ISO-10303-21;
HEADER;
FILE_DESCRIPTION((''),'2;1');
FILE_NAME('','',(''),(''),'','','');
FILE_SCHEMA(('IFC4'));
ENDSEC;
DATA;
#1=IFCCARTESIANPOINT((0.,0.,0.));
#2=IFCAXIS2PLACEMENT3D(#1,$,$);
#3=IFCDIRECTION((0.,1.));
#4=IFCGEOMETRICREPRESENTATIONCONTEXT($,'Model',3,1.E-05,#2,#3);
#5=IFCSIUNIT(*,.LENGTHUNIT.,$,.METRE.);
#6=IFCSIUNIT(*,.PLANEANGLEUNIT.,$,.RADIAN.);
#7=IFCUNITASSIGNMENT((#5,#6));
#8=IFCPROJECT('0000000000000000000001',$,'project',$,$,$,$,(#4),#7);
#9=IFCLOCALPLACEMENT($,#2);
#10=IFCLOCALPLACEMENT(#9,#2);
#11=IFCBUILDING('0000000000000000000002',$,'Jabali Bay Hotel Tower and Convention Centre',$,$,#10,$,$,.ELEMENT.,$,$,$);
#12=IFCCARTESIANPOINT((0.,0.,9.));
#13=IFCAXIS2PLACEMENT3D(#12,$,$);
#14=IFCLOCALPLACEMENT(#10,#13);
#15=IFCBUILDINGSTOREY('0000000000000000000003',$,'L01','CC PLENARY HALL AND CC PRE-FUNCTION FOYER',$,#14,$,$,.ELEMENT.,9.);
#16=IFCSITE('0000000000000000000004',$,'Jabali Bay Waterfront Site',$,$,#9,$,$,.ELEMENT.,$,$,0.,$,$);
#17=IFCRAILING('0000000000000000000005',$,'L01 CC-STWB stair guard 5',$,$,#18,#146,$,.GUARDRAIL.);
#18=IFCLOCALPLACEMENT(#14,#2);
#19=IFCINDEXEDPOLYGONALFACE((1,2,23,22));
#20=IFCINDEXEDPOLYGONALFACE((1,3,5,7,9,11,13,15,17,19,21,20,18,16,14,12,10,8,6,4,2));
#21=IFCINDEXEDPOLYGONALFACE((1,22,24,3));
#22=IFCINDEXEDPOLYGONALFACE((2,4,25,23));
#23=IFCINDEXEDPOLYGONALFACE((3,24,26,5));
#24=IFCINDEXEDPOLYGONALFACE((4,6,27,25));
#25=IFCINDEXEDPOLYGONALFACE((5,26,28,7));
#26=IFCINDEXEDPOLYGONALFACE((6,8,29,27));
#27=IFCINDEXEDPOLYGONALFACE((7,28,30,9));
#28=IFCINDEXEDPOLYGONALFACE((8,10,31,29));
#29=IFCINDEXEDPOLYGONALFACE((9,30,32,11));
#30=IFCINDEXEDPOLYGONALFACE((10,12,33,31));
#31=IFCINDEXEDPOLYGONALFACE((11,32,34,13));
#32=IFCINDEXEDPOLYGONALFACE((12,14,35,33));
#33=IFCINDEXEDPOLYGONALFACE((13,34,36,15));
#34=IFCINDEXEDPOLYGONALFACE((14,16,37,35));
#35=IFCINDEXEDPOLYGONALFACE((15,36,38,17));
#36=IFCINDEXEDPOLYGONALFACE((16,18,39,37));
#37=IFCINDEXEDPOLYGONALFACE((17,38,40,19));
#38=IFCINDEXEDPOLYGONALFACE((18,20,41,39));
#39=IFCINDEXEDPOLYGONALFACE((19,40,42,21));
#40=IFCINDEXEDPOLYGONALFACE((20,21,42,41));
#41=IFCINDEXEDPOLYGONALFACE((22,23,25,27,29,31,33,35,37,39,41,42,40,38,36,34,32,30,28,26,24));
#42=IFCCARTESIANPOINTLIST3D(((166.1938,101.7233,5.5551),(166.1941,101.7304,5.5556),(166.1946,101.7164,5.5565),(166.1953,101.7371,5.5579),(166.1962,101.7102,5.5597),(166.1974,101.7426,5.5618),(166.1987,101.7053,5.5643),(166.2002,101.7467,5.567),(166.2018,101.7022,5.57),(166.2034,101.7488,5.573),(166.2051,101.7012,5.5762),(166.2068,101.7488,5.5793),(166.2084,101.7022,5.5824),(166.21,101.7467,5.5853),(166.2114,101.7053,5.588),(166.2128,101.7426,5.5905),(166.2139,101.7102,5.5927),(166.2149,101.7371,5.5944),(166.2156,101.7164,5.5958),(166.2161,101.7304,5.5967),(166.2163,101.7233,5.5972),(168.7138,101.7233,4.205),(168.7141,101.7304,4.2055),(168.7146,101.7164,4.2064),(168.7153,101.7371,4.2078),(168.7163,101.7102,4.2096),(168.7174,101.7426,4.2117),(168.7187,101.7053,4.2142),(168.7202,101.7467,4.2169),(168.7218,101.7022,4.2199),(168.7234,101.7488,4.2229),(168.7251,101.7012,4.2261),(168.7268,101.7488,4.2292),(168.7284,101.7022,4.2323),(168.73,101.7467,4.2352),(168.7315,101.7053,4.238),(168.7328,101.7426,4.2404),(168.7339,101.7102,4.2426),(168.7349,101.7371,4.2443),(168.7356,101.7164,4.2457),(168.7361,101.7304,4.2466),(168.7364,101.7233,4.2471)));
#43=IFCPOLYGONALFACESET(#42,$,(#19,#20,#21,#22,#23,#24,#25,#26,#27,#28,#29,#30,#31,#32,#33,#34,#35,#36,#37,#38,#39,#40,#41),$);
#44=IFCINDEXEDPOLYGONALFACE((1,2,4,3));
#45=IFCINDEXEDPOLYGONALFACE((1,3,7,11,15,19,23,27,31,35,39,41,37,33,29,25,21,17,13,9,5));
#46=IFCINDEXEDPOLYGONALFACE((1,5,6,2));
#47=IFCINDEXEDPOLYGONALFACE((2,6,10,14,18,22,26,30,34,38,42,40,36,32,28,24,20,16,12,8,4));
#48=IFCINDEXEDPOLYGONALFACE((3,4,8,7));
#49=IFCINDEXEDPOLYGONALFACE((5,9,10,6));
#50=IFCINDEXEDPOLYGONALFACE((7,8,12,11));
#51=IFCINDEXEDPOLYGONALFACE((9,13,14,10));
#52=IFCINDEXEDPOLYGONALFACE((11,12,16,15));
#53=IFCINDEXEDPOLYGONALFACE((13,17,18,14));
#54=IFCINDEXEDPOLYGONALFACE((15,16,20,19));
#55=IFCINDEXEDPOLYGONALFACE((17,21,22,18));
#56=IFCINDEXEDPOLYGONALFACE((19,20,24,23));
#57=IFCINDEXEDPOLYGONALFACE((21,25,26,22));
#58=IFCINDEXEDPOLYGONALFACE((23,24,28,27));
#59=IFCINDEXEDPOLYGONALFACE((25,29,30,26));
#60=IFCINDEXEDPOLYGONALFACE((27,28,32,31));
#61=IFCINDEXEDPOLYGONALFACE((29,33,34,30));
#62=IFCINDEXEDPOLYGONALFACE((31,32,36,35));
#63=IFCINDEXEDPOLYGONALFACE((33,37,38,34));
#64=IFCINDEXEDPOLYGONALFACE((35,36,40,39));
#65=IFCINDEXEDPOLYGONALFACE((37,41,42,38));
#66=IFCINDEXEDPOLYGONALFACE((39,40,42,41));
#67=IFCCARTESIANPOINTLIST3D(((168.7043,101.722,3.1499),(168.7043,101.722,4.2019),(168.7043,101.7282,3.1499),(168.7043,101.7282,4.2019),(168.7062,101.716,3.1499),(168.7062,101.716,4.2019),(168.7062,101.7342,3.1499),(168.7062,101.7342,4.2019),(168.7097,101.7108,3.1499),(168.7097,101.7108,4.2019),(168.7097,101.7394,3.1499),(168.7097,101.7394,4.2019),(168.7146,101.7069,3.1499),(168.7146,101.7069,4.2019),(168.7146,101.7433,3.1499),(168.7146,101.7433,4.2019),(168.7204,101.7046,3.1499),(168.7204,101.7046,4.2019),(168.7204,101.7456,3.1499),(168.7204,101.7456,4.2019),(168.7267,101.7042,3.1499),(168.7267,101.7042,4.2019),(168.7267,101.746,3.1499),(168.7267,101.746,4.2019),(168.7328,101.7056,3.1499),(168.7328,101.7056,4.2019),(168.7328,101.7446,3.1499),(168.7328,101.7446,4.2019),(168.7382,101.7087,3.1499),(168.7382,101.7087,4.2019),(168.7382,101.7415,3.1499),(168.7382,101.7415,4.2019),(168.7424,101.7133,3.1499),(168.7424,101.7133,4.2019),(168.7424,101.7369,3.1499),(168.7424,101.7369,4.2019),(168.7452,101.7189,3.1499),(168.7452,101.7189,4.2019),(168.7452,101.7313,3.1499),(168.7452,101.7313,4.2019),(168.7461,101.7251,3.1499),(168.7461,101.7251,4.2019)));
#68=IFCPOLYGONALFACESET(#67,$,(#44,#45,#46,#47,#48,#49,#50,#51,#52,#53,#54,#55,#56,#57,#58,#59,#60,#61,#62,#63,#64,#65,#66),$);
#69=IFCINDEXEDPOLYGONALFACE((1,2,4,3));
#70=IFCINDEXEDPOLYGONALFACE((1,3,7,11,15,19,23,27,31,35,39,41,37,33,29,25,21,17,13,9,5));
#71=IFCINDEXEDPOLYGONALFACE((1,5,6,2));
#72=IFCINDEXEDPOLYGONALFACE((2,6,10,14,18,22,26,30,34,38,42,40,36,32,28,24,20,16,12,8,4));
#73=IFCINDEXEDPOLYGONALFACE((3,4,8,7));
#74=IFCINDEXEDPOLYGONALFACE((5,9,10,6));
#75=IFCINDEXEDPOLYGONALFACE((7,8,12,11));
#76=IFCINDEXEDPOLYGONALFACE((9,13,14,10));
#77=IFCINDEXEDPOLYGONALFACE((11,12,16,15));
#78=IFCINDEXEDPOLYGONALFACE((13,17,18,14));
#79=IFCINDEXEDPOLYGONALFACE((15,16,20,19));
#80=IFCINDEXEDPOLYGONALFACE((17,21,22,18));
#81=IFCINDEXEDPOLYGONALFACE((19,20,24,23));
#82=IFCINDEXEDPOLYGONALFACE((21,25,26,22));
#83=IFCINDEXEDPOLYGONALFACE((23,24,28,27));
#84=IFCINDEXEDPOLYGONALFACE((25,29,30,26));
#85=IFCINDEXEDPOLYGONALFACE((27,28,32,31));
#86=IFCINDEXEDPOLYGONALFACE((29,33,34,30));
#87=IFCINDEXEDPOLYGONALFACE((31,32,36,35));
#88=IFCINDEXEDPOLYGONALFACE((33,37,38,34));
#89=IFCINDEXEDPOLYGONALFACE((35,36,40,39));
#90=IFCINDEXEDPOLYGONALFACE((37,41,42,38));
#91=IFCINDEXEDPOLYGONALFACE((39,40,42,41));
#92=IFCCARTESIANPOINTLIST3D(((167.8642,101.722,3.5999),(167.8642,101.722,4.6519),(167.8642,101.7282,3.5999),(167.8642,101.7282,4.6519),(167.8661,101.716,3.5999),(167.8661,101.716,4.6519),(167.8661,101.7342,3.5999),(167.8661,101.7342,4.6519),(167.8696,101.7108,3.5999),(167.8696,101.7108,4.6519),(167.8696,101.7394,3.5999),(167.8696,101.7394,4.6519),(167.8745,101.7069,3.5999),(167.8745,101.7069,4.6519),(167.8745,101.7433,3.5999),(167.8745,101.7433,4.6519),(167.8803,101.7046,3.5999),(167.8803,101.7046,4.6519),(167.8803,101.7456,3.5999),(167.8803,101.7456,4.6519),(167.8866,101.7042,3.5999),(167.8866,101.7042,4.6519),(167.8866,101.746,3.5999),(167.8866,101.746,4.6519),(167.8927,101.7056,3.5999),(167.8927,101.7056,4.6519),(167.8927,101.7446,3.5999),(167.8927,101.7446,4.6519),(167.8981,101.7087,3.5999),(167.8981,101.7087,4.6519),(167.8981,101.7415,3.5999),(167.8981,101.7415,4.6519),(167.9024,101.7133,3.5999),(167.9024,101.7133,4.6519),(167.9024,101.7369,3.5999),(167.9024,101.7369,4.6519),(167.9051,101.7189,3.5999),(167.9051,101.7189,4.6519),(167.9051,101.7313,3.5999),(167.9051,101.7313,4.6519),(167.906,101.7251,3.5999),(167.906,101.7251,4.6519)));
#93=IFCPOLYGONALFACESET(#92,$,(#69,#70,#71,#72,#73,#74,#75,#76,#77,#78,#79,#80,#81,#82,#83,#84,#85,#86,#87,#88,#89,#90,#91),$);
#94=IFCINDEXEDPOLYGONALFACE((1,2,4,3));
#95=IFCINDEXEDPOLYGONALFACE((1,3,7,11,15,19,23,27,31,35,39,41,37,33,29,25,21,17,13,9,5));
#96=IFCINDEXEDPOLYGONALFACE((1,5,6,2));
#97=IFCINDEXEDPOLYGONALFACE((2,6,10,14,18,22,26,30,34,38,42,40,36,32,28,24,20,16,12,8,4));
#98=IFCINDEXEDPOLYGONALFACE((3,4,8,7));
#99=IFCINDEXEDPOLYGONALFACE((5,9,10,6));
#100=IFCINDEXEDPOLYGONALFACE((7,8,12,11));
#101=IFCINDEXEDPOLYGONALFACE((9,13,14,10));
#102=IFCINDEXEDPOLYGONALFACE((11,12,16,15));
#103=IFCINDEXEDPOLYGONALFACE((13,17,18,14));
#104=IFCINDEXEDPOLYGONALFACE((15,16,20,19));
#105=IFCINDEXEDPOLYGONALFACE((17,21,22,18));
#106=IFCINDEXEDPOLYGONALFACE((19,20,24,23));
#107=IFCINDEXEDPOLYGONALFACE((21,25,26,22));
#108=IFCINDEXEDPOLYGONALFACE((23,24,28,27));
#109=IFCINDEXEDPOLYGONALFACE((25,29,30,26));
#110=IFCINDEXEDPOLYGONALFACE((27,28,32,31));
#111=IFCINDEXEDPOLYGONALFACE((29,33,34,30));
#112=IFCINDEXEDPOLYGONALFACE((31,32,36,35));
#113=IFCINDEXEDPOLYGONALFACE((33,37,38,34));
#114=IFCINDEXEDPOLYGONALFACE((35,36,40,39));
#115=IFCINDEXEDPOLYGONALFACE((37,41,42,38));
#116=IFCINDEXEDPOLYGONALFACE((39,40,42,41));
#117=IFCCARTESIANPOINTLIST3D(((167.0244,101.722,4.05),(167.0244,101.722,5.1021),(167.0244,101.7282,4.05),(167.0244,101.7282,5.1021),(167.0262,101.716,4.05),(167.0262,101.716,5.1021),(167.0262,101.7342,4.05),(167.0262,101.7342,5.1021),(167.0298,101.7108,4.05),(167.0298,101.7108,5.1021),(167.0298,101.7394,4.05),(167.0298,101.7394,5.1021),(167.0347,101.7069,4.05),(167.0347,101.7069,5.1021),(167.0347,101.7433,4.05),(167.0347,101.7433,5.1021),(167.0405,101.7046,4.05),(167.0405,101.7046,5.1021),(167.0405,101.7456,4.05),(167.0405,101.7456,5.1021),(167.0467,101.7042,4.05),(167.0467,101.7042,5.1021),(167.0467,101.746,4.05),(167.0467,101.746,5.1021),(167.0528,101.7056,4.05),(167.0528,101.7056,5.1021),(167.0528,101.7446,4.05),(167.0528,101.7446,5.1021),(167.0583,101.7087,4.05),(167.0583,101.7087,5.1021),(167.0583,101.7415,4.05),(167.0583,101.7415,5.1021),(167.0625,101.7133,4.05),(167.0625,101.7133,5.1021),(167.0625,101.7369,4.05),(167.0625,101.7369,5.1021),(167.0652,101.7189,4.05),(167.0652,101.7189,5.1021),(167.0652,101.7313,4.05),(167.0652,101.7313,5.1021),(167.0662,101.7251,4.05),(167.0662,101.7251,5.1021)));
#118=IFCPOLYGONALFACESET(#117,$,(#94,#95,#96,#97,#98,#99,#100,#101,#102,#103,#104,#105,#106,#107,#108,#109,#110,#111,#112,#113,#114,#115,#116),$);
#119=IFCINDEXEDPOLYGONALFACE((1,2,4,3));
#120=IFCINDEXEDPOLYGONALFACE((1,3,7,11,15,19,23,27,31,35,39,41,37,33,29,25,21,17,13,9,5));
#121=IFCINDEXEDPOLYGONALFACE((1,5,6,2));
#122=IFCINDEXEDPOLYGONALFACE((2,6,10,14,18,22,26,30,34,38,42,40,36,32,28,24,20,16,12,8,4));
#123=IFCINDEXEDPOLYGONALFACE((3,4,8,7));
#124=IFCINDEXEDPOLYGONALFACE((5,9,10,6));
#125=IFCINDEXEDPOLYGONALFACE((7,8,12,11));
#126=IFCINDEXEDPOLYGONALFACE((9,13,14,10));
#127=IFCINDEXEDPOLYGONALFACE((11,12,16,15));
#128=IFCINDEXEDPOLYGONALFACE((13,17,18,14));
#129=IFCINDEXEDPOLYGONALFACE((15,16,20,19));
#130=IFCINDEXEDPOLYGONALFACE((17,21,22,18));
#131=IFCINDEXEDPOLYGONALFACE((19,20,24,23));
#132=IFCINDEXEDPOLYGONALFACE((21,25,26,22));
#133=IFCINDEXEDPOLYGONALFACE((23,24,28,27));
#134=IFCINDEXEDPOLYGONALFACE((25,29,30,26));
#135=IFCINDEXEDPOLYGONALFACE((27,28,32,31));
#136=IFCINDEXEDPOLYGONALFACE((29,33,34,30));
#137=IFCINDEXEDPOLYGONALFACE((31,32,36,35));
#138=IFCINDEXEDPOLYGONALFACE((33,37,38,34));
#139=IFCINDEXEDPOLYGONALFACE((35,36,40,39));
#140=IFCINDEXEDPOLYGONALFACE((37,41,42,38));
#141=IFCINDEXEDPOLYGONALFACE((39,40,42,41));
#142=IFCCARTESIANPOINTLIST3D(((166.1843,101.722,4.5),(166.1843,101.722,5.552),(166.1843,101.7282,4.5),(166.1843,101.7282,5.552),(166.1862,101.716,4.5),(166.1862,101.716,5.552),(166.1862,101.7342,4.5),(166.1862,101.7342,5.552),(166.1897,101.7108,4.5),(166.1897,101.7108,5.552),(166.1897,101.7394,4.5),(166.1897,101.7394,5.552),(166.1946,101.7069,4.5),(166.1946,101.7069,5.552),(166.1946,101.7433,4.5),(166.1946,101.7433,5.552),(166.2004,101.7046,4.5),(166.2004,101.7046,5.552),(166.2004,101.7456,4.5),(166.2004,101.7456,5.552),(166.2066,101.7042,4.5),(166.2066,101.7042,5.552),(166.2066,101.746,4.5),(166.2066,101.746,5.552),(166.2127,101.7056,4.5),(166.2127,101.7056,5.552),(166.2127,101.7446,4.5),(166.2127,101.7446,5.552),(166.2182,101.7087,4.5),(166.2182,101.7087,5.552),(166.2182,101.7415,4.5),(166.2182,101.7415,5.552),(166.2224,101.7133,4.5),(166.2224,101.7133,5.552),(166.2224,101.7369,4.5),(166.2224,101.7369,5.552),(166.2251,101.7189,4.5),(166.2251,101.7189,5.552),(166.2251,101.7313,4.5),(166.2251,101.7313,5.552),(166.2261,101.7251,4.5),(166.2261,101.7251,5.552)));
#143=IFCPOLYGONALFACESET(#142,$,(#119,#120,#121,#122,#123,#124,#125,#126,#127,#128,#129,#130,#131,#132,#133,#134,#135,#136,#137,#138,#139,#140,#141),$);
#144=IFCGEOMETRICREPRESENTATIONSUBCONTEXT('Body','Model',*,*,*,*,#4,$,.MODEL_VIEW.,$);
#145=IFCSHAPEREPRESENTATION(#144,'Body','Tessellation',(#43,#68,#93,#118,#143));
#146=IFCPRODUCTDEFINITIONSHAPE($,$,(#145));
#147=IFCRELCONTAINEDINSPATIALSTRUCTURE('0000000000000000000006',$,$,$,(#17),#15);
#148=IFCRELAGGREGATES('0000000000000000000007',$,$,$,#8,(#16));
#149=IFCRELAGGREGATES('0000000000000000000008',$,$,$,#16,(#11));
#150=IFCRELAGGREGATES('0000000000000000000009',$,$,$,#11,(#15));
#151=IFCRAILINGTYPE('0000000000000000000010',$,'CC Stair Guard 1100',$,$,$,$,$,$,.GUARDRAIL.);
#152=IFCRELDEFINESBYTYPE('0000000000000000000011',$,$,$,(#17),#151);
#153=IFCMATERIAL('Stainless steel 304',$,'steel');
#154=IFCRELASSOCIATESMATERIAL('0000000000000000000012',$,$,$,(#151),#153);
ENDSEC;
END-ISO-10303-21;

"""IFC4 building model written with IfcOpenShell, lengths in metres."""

from ifc_helpers import new_model, si_unit, direction, frame, origin, origin_2d, place, context, subcontext, project, spatial, circle, extrude, material, type_object, element, save


model = new_model("IFC4")

# Units and contexts
model_context = context("Model", 3, precision=1e-05, world=origin(), true_north=direction((0.0, 1.0)))
body_context = subcontext(model_context, "Body", "Model", "MODEL_VIEW")
ifc_project = project(units=[si_unit("LENGTHUNIT", "METRE"), si_unit("PLANEANGLEUNIT", "RADIAN")], contexts=[model_context])

# Site, building, storey
site_placement = place(None, origin())
site = spatial("IfcSite", under=ifc_project, at=site_placement, Name="Jabali Bay Waterfront Site", CompositionType="ELEMENT", RefElevation=0.0)
building_placement = place(site_placement, origin())
building = spatial("IfcBuilding", under=site, at=building_placement, Name="Jabali Bay Hotel Tower and Convention Centre", CompositionType="ELEMENT")
storey_placement = place(building_placement, frame((0.0, 0.0, 9.0)))
storey = spatial("IfcBuildingStorey", under=building, at=storey_placement, Name="L01", Description="CC PLENARY HALL AND CC PRE-FUNCTION FOYER", CompositionType="ELEMENT", Elevation=9.0)

# Railing
ifc_material_1 = material(Name="Stainless steel 304", Category="steel")
railing_type_1 = type_object("IfcRailingType", Name="CC Stair Guard 1100", PredefinedType="GUARDRAIL", material=ifc_material_1)
railing_1_placement = place(storey_placement, frame((168.7251, 101.7251, 3.1499)))
element("IfcRailing", 1, at=railing_1_placement, inside=storey, type_object=railing_type_1, Name="L01 CC-STWB stair guard 5", PredefinedType="GUARDRAIL", context=body_context, shape_type="SweptSolid", body=[
    extrude(circle(Radius=0.0239, at=origin_2d()), frame((0.0, 0.0, 1.0762), z_axis=(-0.881467, 0.0, 0.472245), x_axis=(0.0, -1.0, 0.0)), (0.0, 0.0, 1.0), 2.8589),
    extrude(circle(Radius=0.021, at=origin_2d()), origin(), (0.0, 0.0, 1.0), 1.052),
    extrude(circle(Radius=0.021, at=origin_2d()), frame((-0.8401, 0.0, 0.45)), (0.0, 0.0, 1.0), 1.052),
    extrude(circle(Radius=0.021, at=origin_2d()), frame((-1.6799, 0.0, 0.9001)), (0.0, 0.0, 1.0), 1.052),
    extrude(circle(Radius=0.021, at=origin_2d()), frame((-2.52, 0.0, 1.3501)), (0.0, 0.0, 1.0), 1.052),
])

save(model, "model.ifc")
